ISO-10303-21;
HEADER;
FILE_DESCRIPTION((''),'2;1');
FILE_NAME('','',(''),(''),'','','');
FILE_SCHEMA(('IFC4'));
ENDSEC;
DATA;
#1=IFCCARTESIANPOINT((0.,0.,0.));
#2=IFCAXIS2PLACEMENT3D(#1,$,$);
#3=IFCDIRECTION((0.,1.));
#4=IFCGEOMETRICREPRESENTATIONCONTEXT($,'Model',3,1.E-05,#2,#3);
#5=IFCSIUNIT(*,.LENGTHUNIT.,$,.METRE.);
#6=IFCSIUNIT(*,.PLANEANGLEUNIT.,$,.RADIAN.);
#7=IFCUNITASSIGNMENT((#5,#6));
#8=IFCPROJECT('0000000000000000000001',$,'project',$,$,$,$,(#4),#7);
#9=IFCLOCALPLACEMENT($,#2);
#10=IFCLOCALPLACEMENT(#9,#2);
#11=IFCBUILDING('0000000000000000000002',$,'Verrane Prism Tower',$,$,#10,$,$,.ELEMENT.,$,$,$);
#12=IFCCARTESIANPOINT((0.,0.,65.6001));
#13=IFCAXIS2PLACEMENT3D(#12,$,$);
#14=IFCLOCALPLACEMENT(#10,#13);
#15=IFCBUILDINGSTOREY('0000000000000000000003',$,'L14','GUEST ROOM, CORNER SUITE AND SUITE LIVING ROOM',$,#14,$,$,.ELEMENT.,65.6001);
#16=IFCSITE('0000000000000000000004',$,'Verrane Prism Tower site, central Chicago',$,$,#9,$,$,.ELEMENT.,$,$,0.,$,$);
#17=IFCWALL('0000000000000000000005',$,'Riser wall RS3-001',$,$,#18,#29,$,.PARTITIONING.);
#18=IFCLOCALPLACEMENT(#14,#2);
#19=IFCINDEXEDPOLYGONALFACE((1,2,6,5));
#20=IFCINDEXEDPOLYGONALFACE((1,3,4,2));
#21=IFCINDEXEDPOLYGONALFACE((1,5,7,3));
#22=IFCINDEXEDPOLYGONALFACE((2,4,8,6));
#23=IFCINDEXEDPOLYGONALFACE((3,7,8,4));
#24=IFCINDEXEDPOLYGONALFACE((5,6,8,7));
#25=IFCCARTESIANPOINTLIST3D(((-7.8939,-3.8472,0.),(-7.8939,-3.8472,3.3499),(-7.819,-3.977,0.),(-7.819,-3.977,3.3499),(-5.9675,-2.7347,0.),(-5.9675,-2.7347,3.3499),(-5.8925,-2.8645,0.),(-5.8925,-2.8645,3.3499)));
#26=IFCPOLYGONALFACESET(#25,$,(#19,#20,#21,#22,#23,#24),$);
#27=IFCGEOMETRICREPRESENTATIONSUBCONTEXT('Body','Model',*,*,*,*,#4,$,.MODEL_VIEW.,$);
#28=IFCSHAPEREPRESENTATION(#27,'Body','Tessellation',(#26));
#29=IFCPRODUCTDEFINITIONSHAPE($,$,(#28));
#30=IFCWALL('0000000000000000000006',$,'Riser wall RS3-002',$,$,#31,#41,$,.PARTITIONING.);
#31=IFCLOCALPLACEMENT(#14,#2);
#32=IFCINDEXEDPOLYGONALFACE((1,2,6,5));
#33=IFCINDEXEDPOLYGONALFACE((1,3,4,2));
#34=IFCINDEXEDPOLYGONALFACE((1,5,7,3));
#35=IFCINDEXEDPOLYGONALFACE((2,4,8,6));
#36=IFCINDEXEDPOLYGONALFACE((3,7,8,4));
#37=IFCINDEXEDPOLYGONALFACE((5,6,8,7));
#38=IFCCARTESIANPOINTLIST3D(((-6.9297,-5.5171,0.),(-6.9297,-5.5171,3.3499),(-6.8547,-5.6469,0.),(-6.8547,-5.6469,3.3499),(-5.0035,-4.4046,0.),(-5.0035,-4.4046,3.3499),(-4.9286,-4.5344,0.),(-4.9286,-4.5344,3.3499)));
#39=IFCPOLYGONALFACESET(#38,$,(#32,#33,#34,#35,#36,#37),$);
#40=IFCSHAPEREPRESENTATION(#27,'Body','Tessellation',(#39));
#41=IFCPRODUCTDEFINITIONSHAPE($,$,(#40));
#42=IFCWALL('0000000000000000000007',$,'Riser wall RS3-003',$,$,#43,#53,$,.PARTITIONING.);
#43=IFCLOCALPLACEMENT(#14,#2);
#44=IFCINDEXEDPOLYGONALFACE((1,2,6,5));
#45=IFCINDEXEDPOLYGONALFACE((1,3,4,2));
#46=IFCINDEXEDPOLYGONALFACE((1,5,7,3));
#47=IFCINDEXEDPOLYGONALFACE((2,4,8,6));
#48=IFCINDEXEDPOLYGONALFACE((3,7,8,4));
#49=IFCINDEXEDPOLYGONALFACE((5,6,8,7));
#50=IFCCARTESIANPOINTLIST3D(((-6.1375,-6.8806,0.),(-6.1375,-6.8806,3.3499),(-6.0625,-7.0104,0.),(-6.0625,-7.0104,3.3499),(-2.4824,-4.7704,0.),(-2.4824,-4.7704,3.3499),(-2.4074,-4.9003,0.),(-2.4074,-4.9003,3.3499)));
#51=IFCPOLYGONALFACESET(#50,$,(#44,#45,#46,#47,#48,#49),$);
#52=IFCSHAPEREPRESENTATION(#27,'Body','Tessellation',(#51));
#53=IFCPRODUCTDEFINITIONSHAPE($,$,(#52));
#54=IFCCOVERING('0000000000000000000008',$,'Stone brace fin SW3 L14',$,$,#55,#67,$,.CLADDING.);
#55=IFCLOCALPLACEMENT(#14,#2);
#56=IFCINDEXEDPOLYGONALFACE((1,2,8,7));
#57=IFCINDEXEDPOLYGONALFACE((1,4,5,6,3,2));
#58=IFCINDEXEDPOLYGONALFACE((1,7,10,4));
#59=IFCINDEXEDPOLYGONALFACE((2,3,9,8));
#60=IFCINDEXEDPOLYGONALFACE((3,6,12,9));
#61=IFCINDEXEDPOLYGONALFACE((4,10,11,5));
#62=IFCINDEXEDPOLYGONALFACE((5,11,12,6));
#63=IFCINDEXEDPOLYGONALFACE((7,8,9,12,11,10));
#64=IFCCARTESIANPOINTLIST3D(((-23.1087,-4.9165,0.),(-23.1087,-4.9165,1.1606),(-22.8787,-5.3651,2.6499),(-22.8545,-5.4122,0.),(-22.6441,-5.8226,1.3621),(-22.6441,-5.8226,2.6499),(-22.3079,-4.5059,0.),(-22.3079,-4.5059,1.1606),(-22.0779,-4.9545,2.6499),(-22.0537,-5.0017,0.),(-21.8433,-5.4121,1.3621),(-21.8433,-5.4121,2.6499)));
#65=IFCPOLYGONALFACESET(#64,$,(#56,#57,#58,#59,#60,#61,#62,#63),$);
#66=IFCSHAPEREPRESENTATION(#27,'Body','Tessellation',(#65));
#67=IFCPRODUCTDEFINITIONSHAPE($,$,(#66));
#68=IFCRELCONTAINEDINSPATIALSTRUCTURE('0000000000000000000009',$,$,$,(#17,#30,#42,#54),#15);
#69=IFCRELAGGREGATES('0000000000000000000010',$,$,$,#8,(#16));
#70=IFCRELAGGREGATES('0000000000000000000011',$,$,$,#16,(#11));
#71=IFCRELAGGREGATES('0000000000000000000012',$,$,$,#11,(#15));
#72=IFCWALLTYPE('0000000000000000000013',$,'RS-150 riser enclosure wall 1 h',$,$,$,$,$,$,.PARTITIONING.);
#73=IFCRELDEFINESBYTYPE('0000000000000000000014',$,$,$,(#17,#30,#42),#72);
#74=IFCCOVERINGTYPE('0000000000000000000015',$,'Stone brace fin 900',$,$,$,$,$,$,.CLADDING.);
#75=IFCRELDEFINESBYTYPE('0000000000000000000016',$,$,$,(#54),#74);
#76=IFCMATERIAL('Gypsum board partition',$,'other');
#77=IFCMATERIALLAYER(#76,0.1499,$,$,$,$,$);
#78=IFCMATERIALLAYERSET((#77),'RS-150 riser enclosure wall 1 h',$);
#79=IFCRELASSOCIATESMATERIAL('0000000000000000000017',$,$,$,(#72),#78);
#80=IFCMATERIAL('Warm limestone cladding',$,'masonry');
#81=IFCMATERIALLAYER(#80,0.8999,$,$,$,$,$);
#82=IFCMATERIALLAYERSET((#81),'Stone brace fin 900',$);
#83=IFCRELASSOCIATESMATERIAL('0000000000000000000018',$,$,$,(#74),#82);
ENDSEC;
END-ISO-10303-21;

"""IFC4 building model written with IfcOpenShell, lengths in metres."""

from ifc_helpers import new_model, si_unit, direction, frame, frame_2d, origin, place, context, subcontext, project, spatial, polyline, rectangle, outline, extrude, material, layer, layer_set, type_object, element, save


model = new_model("IFC4")

# Units and contexts
model_context = context("Model", 3, precision=1e-05, world=origin(), true_north=direction((0.0, 1.0)))
body_context = subcontext(model_context, "Body", "Model", "MODEL_VIEW")
ifc_project = project(units=[si_unit("LENGTHUNIT", "METRE"), si_unit("PLANEANGLEUNIT", "RADIAN")], contexts=[model_context])

# Site, building, storey
site_placement = place(None, origin())
site = spatial("IfcSite", under=ifc_project, at=site_placement, Name="Verrane Prism Tower site, central Chicago", CompositionType="ELEMENT", RefElevation=0.0)
building_placement = place(site_placement, origin())
building = spatial("IfcBuilding", under=site, at=building_placement, Name="Verrane Prism Tower", CompositionType="ELEMENT")
storey_placement = place(building_placement, frame((0.0, 0.0, 65.6001)))
storey = spatial("IfcBuildingStorey", under=building, at=storey_placement, Name="L14", Description="GUEST ROOM, CORNER SUITE AND SUITE LIVING ROOM", CompositionType="ELEMENT", Elevation=65.6001)

# Walls
ifc_material_1 = material(Name="Gypsum board partition", Category="other")
ifc_layer_1 = layer(ifc_material_1, 0.1499)
ifc_layer_set_1 = layer_set([ifc_layer_1], Name="RS-150 riser enclosure wall 1 h")
wall_type_1 = type_object("IfcWallType", Name="RS-150 riser enclosure wall 1 h", PredefinedType="PARTITIONING", material=ifc_layer_set_1)
wall_1_placement = place(storey_placement, frame((-7.8564, -3.9121, 0.0), z_axis=(0.0, 0.0, 1.0), x_axis=(0.865972, 0.500093, 0.0)))
element("IfcWall", 1, at=wall_1_placement, inside=storey, type_object=wall_type_1, Name="Riser wall RS3-001", PredefinedType="PARTITIONING", context=body_context, shape_type="SweptSolid", body=[
    extrude(rectangle(XDim=2.2246, YDim=0.1499, at=frame_2d((1.1123, 0.0))), origin(), (0.0, 0.0, 1.0), 3.3499),
])
wall_2_placement = place(storey_placement, frame((-6.8923, -5.582, 0.0), z_axis=(0.0, 0.0, 1.0), x_axis=(0.865944, 0.50014, 0.0)))
element("IfcWall", 2, at=wall_2_placement, inside=storey, type_object=wall_type_1, Name="Riser wall RS3-002", PredefinedType="PARTITIONING", context=body_context, shape_type="SweptSolid", body=[
    extrude(rectangle(XDim=2.2244, YDim=0.1499, at=frame_2d((1.1123, 0.0))), origin(), (0.0, 0.0, 1.0), 3.3499),
])
wall_3_placement = place(storey_placement, frame((-6.1001, -6.9456, 0.0), z_axis=(0.0, 0.0, 1.0), x_axis=(0.866038, 0.499978, 0.0)))
element("IfcWall", 3, at=wall_3_placement, inside=storey, type_object=wall_type_1, Name="Riser wall RS3-003", PredefinedType="PARTITIONING", context=body_context, shape_type="SweptSolid", body=[
    extrude(rectangle(XDim=4.2205, YDim=0.1499, at=frame_2d((2.1104, 0.0))), origin(), (0.0, 0.0, 1.0), 3.3499),
])

# Covering
ifc_material_2 = material(Name="Warm limestone cladding", Category="masonry")
ifc_layer_2 = layer(ifc_material_2, 0.8999)
ifc_layer_set_2 = layer_set([ifc_layer_2], Name="Stone brace fin 900")
covering_type = type_object("IfcCoveringType", Name="Stone brace fin 900", PredefinedType="CLADDING", material=ifc_layer_set_2)
covering_placement = place(storey_placement, frame((-22.7083, -4.7112, 0.0), z_axis=(0.0, 0.0, 1.0), x_axis=(0.456205, -0.889875, 0.0)))
element("IfcCovering", 4, at=covering_placement, inside=storey, type_object=covering_type, Name="Stone brace fin SW3 L14", PredefinedType="CLADDING", context=body_context, shape_type="SweptSolid", body=[
    extrude(outline(polyline([(1.0183, 2.6499), (0.5042, 2.6499), (0.0, 1.1606), (0.0, 0.0), (0.5571, 0.0), (1.0183, 1.3621), (1.0183, 2.6499)])), frame((0.0, 0.45, 0.0), z_axis=(0.0, -1.0, 0.0), x_axis=(1.0, 0.0, 0.0)), (0.0, 0.0, 1.0), 0.8999),
])

save(model, "model.ifc")
